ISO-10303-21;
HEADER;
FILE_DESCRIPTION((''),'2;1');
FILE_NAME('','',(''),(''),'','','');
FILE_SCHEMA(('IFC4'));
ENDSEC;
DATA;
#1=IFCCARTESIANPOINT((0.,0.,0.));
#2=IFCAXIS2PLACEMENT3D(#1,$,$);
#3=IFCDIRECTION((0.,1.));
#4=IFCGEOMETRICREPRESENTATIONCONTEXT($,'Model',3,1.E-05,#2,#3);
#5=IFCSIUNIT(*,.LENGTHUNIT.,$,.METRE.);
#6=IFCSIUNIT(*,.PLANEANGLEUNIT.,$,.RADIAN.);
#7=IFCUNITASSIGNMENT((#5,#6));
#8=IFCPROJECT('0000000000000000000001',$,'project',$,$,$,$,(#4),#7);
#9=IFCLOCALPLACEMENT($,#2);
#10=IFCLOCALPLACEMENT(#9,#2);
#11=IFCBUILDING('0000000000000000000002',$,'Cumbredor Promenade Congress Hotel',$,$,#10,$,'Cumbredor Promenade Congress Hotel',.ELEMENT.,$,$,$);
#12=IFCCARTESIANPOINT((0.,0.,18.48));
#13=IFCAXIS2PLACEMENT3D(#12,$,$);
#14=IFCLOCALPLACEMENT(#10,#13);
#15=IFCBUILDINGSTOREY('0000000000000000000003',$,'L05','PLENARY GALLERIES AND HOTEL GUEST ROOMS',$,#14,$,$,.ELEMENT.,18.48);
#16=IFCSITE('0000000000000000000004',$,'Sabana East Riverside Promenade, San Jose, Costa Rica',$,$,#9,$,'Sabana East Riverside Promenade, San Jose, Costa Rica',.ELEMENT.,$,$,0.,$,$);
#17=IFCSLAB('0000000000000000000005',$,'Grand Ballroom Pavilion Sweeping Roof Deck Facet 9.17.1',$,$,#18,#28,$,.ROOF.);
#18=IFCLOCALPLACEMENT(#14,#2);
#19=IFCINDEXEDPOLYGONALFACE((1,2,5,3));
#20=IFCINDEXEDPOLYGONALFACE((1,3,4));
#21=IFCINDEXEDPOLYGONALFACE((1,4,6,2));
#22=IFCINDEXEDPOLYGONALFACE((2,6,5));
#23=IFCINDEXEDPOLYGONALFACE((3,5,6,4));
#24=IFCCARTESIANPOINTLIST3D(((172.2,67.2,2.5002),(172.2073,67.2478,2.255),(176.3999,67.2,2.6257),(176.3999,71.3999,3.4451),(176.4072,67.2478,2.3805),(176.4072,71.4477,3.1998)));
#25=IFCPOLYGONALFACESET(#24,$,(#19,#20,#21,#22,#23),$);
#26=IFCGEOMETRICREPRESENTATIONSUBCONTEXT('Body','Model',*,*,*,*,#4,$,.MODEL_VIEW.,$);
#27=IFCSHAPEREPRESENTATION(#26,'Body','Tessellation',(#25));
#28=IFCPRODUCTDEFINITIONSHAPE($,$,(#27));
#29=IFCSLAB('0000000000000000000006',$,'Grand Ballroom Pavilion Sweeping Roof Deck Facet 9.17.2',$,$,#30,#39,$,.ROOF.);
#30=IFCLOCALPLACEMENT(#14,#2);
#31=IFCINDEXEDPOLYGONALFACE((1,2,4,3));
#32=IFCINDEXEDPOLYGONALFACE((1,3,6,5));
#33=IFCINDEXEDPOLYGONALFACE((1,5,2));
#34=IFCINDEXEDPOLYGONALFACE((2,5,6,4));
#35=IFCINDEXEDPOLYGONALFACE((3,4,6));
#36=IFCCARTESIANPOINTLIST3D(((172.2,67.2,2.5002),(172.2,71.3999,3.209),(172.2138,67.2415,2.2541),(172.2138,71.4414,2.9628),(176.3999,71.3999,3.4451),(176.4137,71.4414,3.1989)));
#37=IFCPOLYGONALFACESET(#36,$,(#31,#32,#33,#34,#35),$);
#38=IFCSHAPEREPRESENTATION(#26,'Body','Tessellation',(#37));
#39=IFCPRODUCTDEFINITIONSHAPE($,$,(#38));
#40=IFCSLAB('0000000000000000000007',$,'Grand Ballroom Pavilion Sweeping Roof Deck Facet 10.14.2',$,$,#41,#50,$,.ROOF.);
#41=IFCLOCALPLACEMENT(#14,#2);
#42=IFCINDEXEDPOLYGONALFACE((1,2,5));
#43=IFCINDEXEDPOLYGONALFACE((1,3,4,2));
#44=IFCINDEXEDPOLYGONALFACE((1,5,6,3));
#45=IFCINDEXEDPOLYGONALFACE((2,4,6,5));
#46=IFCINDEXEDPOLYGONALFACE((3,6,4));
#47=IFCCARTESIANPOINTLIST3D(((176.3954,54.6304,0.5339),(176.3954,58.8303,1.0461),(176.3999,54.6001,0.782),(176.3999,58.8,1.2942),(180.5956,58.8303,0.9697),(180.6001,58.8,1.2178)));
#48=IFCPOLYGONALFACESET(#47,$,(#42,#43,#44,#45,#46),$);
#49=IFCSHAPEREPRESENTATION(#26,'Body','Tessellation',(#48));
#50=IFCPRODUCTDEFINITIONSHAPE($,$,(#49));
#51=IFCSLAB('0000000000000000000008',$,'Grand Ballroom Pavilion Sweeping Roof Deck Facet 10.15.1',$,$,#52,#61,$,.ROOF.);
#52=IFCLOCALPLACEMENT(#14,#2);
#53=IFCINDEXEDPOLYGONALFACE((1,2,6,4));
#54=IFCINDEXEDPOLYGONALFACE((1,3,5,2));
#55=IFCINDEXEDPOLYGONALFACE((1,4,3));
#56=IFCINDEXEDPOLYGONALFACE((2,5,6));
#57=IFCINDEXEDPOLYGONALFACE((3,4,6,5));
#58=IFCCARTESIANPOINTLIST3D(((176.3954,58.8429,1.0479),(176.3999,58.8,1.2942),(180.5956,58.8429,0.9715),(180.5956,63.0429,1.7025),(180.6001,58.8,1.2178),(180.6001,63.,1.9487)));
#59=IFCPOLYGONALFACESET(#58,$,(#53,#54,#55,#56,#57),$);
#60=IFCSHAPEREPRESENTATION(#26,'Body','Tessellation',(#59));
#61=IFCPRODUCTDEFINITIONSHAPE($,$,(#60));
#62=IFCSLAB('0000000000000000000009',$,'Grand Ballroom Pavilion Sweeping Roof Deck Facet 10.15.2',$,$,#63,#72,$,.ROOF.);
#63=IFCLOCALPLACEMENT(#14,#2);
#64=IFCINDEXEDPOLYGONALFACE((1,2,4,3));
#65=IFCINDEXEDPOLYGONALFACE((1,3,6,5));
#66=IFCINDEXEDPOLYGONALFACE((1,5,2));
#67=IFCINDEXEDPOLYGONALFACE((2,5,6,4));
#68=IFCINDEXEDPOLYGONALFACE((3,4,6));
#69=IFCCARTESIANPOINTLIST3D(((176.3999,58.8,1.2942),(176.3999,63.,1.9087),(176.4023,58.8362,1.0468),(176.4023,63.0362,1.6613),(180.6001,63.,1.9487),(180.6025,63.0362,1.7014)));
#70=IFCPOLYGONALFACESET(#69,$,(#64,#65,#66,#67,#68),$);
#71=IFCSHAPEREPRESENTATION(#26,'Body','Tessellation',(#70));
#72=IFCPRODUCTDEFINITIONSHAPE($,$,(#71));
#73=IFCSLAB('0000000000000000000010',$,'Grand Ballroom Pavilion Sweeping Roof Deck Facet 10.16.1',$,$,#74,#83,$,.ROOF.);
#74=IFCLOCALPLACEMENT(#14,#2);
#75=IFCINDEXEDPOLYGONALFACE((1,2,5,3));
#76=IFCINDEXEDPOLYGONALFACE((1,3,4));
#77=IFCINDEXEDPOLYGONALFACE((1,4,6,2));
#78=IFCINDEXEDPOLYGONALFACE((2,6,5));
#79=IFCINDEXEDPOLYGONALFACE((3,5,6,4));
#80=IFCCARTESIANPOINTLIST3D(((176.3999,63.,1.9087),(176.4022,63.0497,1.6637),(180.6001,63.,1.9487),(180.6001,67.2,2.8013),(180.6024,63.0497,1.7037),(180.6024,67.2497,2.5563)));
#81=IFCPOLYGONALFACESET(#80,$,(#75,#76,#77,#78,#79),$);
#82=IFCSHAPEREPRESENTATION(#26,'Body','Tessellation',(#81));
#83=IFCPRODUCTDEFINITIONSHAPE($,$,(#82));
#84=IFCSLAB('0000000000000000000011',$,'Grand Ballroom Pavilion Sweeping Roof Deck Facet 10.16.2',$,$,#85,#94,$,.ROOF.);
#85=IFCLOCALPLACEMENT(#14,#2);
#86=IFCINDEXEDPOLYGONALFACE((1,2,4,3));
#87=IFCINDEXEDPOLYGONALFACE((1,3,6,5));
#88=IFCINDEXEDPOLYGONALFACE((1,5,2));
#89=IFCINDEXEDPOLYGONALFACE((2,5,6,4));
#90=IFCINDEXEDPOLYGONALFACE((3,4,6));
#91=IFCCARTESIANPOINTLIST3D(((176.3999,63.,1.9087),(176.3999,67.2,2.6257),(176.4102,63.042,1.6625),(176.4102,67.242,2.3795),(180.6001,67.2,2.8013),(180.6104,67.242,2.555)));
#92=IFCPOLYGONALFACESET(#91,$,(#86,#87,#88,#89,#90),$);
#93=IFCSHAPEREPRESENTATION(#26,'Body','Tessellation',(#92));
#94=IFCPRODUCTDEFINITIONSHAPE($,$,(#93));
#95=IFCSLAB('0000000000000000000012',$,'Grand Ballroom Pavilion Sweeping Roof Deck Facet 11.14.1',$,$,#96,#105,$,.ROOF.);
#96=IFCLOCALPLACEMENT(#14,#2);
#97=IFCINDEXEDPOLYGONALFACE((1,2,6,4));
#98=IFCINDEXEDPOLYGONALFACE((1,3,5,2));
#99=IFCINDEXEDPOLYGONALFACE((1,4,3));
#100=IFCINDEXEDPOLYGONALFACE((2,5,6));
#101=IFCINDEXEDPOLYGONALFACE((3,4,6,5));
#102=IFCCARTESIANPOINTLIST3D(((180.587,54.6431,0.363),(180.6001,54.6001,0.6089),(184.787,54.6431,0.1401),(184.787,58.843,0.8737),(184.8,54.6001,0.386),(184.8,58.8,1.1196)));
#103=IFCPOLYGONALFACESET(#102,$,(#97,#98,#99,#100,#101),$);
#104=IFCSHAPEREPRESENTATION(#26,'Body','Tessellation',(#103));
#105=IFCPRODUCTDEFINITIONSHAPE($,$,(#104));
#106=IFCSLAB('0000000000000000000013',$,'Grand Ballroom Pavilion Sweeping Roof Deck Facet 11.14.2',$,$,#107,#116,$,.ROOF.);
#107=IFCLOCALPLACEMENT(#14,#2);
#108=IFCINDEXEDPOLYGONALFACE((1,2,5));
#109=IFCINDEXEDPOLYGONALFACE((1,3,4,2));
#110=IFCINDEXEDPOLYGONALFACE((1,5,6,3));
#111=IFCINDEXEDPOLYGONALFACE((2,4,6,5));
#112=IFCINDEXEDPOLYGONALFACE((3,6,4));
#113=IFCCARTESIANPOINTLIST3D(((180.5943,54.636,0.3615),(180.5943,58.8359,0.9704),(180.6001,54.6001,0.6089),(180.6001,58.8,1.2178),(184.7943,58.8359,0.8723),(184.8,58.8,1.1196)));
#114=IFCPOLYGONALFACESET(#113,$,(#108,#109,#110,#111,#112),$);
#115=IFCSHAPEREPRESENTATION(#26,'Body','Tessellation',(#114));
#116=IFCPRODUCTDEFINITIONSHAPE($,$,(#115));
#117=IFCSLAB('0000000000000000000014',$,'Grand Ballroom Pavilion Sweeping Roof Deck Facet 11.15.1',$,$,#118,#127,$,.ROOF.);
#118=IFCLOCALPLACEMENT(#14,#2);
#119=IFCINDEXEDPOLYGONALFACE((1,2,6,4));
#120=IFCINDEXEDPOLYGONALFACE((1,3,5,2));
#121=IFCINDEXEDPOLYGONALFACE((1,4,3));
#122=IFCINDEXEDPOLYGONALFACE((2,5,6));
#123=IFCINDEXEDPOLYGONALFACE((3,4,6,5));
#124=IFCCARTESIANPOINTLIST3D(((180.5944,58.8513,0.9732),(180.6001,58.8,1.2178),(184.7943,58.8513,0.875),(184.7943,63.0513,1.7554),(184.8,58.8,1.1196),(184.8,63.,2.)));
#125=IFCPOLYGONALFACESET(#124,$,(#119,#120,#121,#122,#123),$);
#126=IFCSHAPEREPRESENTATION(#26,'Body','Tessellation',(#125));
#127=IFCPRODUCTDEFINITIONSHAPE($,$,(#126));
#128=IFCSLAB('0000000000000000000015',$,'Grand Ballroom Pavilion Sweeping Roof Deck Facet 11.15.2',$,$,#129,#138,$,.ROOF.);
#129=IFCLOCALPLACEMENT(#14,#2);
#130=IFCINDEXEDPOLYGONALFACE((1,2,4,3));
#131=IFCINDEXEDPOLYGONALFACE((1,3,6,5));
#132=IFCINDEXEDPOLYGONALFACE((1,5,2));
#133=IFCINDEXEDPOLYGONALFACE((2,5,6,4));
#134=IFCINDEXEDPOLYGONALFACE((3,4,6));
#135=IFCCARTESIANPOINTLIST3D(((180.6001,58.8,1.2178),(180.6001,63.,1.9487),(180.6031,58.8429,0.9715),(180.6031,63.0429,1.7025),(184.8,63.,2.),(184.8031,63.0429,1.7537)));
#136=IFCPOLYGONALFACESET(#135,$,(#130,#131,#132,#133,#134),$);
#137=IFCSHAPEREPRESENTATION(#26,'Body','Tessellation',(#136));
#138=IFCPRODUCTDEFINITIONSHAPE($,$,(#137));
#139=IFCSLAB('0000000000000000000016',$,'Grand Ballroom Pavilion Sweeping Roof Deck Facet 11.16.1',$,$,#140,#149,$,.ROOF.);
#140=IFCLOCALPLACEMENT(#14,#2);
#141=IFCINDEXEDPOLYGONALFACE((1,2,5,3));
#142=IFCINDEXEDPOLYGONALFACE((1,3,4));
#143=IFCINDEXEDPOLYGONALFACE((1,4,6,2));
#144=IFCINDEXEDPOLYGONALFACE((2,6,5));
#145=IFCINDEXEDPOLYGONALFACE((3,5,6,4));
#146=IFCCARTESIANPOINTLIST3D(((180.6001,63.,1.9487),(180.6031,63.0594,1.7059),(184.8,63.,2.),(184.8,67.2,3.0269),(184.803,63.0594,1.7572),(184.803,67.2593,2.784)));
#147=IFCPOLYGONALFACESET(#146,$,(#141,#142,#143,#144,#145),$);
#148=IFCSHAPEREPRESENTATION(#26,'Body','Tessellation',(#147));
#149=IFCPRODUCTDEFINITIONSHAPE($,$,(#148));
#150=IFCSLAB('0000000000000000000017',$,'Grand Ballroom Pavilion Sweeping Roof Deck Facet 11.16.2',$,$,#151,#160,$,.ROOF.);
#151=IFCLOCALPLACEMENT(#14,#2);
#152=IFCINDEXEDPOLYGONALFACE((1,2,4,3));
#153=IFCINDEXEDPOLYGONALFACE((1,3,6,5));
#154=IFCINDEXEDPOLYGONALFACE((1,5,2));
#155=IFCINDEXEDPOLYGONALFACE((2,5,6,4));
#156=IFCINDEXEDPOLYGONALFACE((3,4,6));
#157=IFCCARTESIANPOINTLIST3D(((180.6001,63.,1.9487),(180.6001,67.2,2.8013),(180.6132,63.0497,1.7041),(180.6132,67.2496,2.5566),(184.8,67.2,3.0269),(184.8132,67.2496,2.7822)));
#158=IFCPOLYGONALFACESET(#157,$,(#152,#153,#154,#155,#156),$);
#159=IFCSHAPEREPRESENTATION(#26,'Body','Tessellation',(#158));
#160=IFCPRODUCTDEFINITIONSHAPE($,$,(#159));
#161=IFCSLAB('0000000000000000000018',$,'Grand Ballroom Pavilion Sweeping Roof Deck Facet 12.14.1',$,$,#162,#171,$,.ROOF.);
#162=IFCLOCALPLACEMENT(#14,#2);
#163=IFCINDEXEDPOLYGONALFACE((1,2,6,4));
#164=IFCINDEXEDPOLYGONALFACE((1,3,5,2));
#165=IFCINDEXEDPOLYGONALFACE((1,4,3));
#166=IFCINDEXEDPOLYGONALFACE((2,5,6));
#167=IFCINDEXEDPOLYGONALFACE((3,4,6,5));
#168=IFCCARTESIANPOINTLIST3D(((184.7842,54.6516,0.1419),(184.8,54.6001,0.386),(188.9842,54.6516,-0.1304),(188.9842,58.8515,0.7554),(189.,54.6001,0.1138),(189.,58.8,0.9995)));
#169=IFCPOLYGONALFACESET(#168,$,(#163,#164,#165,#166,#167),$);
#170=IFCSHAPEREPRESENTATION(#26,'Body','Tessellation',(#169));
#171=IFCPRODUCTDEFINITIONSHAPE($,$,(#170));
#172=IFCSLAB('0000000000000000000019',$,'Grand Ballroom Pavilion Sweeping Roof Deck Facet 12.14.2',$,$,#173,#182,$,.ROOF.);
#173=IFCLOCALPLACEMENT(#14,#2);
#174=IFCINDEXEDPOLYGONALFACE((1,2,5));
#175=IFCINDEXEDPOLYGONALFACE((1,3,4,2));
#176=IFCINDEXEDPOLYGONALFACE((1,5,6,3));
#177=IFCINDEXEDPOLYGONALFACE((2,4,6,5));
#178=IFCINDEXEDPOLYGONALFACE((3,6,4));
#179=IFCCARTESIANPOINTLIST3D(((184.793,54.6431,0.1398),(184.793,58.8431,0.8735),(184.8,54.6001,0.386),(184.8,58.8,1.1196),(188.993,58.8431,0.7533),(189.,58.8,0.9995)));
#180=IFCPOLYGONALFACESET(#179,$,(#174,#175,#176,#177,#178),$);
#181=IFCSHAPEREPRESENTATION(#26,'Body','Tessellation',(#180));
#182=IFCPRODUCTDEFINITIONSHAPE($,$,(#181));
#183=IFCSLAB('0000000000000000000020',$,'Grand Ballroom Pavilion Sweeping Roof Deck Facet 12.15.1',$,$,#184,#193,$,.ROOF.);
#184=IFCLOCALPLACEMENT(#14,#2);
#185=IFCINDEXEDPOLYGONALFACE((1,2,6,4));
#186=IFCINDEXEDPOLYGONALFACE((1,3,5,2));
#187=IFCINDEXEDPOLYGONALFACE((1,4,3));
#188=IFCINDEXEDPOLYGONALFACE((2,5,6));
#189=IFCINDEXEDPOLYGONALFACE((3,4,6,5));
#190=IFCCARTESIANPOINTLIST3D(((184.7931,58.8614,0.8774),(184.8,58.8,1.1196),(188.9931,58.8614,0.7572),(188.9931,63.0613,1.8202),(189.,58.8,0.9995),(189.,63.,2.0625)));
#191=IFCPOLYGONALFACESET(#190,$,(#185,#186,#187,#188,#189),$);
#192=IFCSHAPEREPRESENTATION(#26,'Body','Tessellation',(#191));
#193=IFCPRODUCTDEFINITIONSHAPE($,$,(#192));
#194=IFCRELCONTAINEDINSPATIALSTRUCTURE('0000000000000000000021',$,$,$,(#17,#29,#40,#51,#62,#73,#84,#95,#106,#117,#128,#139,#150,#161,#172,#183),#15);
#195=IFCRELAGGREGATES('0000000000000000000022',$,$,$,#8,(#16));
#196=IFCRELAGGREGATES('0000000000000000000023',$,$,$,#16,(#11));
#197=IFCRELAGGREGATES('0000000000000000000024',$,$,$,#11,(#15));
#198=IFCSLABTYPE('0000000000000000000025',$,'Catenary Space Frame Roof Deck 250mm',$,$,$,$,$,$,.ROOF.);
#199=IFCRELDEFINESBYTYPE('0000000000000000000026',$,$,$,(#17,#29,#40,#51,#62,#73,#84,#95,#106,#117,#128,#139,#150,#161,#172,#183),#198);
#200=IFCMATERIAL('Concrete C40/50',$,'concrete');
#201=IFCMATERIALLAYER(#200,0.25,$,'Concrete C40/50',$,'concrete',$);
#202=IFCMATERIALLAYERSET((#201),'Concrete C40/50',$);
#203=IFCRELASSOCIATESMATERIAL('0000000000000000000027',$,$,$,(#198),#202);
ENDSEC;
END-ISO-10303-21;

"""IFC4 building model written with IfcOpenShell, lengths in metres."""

from ifc_helpers import new_model, si_unit, direction, frame, origin, place, context, subcontext, project, spatial, polyline, outline, extrude, material, layer, layer_set, type_object, element, save


model = new_model("IFC4")

# Units and contexts
model_context = context("Model", 3, precision=1e-05, world=origin(), true_north=direction((0.0, 1.0)))
body_context = subcontext(model_context, "Body", "Model", "MODEL_VIEW")
ifc_project = project(units=[si_unit("LENGTHUNIT", "METRE"), si_unit("PLANEANGLEUNIT", "RADIAN")], contexts=[model_context])

# Site, building, storey
site_placement = place(None, origin())
site = spatial("IfcSite", under=ifc_project, at=site_placement, Name="Sabana East Riverside Promenade, San Jose, Costa Rica", LongName="Sabana East Riverside Promenade, San Jose, Costa Rica", CompositionType="ELEMENT", RefElevation=0.0)
building_placement = place(site_placement, origin())
building = spatial("IfcBuilding", under=site, at=building_placement, Name="Cumbredor Promenade Congress Hotel", LongName="Cumbredor Promenade Congress Hotel", CompositionType="ELEMENT")
storey_placement = place(building_placement, frame((0.0, 0.0, 18.48)))
storey = spatial("IfcBuildingStorey", under=building, at=storey_placement, Name="L05", Description="PLENARY GALLERIES AND HOTEL GUEST ROOMS", CompositionType="ELEMENT", Elevation=18.48)

# Slabs
ifc_material_1 = material(Name="Concrete C40/50", Category="concrete")
ifc_layer_1 = layer(ifc_material_1, 0.25, Name="Concrete C40/50", Category="concrete")
ifc_layer_set_1 = layer_set([ifc_layer_1], Name="Concrete C40/50")
slab_type = type_object("IfcSlabType", Name="Catenary Space Frame Roof Deck 250mm", PredefinedType="ROOF", material=ifc_layer_set_1)
slab_1_placement = place(storey_placement, frame((172.2, 67.2, 2.5002), z_axis=(-0.029313, -0.191391, 0.981076), x_axis=(0.999554, 0.0, 0.029865)))
element("IfcSlab", 1, at=slab_1_placement, inside=storey, type_object=slab_type, Name="Grand Ballroom Pavilion Sweeping Roof Deck Facet 9.17.1", PredefinedType="ROOF", context=body_context, shape_type="SweptSolid", body=[
    extrude(outline(polyline([(0.0, 0.0), (4.2018, 0.0), (4.2263, 4.2791), (0.0, 0.0)])), origin(), (0.0, 0.0, -1.0), 0.25),
])
slab_2_placement = place(storey_placement, frame((172.2, 67.2, 2.5002), z_axis=(-0.055343, -0.166142, 0.984548), x_axis=(0.698327, 0.698327, 0.157096)))
element("IfcSlab", 2, at=slab_2_placement, inside=storey, type_object=slab_type, Name="Grand Ballroom Pavilion Sweeping Roof Deck Facet 9.17.2", PredefinedType="ROOF", context=body_context, shape_type="SweptSolid", body=[
    extrude(outline(polyline([(0.0, 0.0), (6.0143, 0.0), (3.0443, 2.979), (0.0, 0.0)])), origin(), (0.0, 0.0, -1.0), 0.25),
])
slab_3_placement = place(storey_placement, frame((176.3999, 54.6001, 0.782), z_axis=(0.018057, -0.121039, 0.992484), x_axis=(0.705232, 0.705191, 0.073171)))
element("IfcSlab", 3, at=slab_3_placement, inside=storey, type_object=slab_type, Name="Grand Ballroom Pavilion Sweeping Roof Deck Facet 10.14.2", PredefinedType="ROOF", context=body_context, shape_type="SweptSolid", body=[
    extrude(outline(polyline([(0.0, 0.0), (5.9558, 0.0), (2.9992, 2.9844), (0.0, 0.0)])), origin(), (0.0, 0.0, -1.0), 0.25),
])
slab_4_placement = place(storey_placement, frame((176.3999, 58.8, 1.2942), z_axis=(0.017921, -0.171434, 0.985033), x_axis=(0.999835, 0.0, -0.01819)))
element("IfcSlab", 4, at=slab_4_placement, inside=storey, type_object=slab_type, Name="Grand Ballroom Pavilion Sweeping Roof Deck Facet 10.15.1", PredefinedType="ROOF", context=body_context, shape_type="SweptSolid", body=[
    extrude(outline(polyline([(0.0, 0.0), (4.2009, 0.0), (4.1876, 4.2631), (0.0, 0.0)])), origin(), (0.0, 0.0, -1.0), 0.25),
])
slab_5_placement = place(storey_placement, frame((176.3999, 58.8, 1.2942), z_axis=(-0.009432, -0.144764, 0.989421), x_axis=(0.702873, 0.702832, 0.109533)))
element("IfcSlab", 5, at=slab_5_placement, inside=storey, type_object=slab_type, Name="Grand Ballroom Pavilion Sweeping Roof Deck Facet 10.15.2", PredefinedType="ROOF", context=body_context, shape_type="SweptSolid", body=[
    extrude(outline(polyline([(0.0, 0.0), (5.9758, 0.0), (3.0192, 2.9836), (0.0, 0.0)])), origin(), (0.0, 0.0, -1.0), 0.25),
])
slab_6_placement = place(storey_placement, frame((176.3999, 63.0, 1.9087), z_axis=(-0.009342, -0.198922, 0.979971), x_axis=(0.999955, 0.0, 0.009532)))
element("IfcSlab", 6, at=slab_6_placement, inside=storey, type_object=slab_type, Name="Grand Ballroom Pavilion Sweeping Roof Deck Facet 10.16.1", PredefinedType="ROOF", context=body_context, shape_type="SweptSolid", body=[
    extrude(outline(polyline([(0.0, 0.0), (4.2004, 0.0), (4.2085, 4.2856), (0.0, 0.0)])), origin(), (0.0, 0.0, -1.0), 0.25),
])
slab_7_placement = place(storey_placement, frame((176.3999, 63.0, 1.9087), z_axis=(-0.041162, -0.168148, 0.984902), x_axis=(0.699276, 0.699235, 0.148602)))
element("IfcSlab", 7, at=slab_7_placement, inside=storey, type_object=slab_type, Name="Grand Ballroom Pavilion Sweeping Roof Deck Facet 10.16.2", PredefinedType="ROOF", context=body_context, shape_type="SweptSolid", body=[
    extrude(outline(polyline([(0.0, 0.0), (6.0065, 0.0), (3.0433, 2.9819), (0.0, 0.0)])), origin(), (0.0, 0.0, -1.0), 0.25),
])
slab_8_placement = place(storey_placement, frame((180.6001, 54.6001, 0.6089), z_axis=(0.052209, -0.171839, 0.983741), x_axis=(0.998595, 0.0, -0.052998)))
element("IfcSlab", 8, at=slab_8_placement, inside=storey, type_object=slab_type, Name="Grand Ballroom Pavilion Sweeping Roof Deck Facet 11.14.1", PredefinedType="ROOF", context=body_context, shape_type="SweptSolid", body=[
    extrude(outline(polyline([(0.0, 0.0), (4.2059, 0.0), (4.167, 4.2634), (0.0, 0.0)])), origin(), (0.0, 0.0, -1.0), 0.25),
])
slab_9_placement = place(storey_placement, frame((180.6001, 54.6001, 0.6089), z_axis=(0.02312, -0.143436, 0.989389), x_axis=(0.704507, 0.704507, 0.085673)))
element("IfcSlab", 9, at=slab_9_placement, inside=storey, type_object=slab_type, Name="Grand Ballroom Pavilion Sweeping Roof Deck Facet 11.14.2", PredefinedType="ROOF", context=body_context, shape_type="SweptSolid", body=[
    extrude(outline(polyline([(0.0, 0.0), (5.9615, 0.0), (3.0111, 2.9906), (0.0, 0.0)])), origin(), (0.0, 0.0, -1.0), 0.25),
])
slab_10_placement = place(storey_placement, frame((180.6001, 58.8, 1.2178), z_axis=(0.022865, -0.205102, 0.978473), x_axis=(0.999727, 0.0, -0.023362)))
element("IfcSlab", 10, at=slab_10_placement, inside=storey, type_object=slab_type, Name="Grand Ballroom Pavilion Sweeping Roof Deck Facet 11.15.1", PredefinedType="ROOF", context=body_context, shape_type="SweptSolid", body=[
    extrude(outline(polyline([(0.0, 0.0), (4.2011, 0.0), (4.1805, 4.2912), (0.0, 0.0)])), origin(), (0.0, 0.0, -1.0), 0.25),
])
slab_11_placement = place(storey_placement, frame((180.6001, 58.8, 1.2178), z_axis=(-0.012026, -0.17145, 0.985119), x_axis=(0.701053, 0.701053, 0.130569)))
element("IfcSlab", 11, at=slab_11_placement, inside=storey, type_object=slab_type, Name="Grand Ballroom Pavilion Sweeping Roof Deck Facet 11.15.2", PredefinedType="ROOF", context=body_context, shape_type="SweptSolid", body=[
    extrude(outline(polyline([(0.0, 0.0), (5.9909, 0.0), (3.0398, 2.9889), (0.0, 0.0)])), origin(), (0.0, 0.0, -1.0), 0.25),
])
slab_12_placement = place(storey_placement, frame((180.6001, 63.0, 1.9487), z_axis=(-0.011857, -0.23748, 0.97132), x_axis=(0.999926, 0.0, 0.012206)))
element("IfcSlab", 12, at=slab_12_placement, inside=storey, type_object=slab_type, Name="Grand Ballroom Pavilion Sweeping Roof Deck Facet 11.16.1", PredefinedType="ROOF", context=body_context, shape_type="SweptSolid", body=[
    extrude(outline(polyline([(0.0, 0.0), (4.2003, 0.0), (4.2128, 4.3236), (0.0, 0.0)])), origin(), (0.0, 0.0, -1.0), 0.25),
])
slab_13_placement = place(storey_placement, frame((180.6001, 63.0, 1.9487), z_axis=(-0.052565, -0.198656, 0.978659), x_axis=(0.695738, 0.695738, 0.178596)))
element("IfcSlab", 13, at=slab_13_placement, inside=storey, type_object=slab_type, Name="Grand Ballroom Pavilion Sweeping Roof Deck Facet 11.16.2", PredefinedType="ROOF", context=body_context, shape_type="SweptSolid", body=[
    extrude(outline(polyline([(0.0, 0.0), (6.0367, 0.0), (3.0743, 2.9858), (0.0, 0.0)])), origin(), (0.0, 0.0, -1.0), 0.25),
])
slab_14_placement = place(storey_placement, frame((184.8, 54.6001, 0.386), z_axis=(0.063292, -0.205941, 0.976516), x_axis=(0.997906, 0.0, -0.064679)))
element("IfcSlab", 14, at=slab_14_placement, inside=storey, type_object=slab_type, Name="Grand Ballroom Pavilion Sweeping Roof Deck Facet 12.14.1", PredefinedType="ROOF", context=body_context, shape_type="SweptSolid", body=[
    extrude(outline(polyline([(0.0, 0.0), (4.2088, 0.0), (4.1515, 4.292), (0.0, 0.0)])), origin(), (0.0, 0.0, -1.0), 0.25),
])
slab_15_placement = place(storey_placement, frame((184.8, 54.6001, 0.386), z_axis=(0.028162, -0.172005, 0.984693), x_axis=(0.703364, 0.703364, 0.102747)))
element("IfcSlab", 15, at=slab_15_placement, inside=storey, type_object=slab_type, Name="Grand Ballroom Pavilion Sweeping Roof Deck Facet 12.14.2", PredefinedType="ROOF", context=body_context, shape_type="SweptSolid", body=[
    extrude(outline(polyline([(0.0, 0.0), (5.9712, 0.0), (3.0295, 3.0), (0.0, 0.0)])), origin(), (0.0, 0.0, -1.0), 0.25),
])
slab_16_placement = place(storey_placement, frame((184.8, 58.8, 1.1196), z_axis=(0.027715, -0.245265, 0.96906), x_axis=(0.999591, 0.0, -0.028588)))
element("IfcSlab", 16, at=slab_16_placement, inside=storey, type_object=slab_type, Name="Grand Ballroom Pavilion Sweeping Roof Deck Facet 12.15.1", PredefinedType="ROOF", context=body_context, shape_type="SweptSolid", body=[
    extrude(outline(polyline([(0.0, 0.0), (4.2017, 0.0), (4.1713, 4.3323), (0.0, 0.0)])), origin(), (0.0, 0.0, -1.0), 0.25),
])

save(model, "model.ifc")
